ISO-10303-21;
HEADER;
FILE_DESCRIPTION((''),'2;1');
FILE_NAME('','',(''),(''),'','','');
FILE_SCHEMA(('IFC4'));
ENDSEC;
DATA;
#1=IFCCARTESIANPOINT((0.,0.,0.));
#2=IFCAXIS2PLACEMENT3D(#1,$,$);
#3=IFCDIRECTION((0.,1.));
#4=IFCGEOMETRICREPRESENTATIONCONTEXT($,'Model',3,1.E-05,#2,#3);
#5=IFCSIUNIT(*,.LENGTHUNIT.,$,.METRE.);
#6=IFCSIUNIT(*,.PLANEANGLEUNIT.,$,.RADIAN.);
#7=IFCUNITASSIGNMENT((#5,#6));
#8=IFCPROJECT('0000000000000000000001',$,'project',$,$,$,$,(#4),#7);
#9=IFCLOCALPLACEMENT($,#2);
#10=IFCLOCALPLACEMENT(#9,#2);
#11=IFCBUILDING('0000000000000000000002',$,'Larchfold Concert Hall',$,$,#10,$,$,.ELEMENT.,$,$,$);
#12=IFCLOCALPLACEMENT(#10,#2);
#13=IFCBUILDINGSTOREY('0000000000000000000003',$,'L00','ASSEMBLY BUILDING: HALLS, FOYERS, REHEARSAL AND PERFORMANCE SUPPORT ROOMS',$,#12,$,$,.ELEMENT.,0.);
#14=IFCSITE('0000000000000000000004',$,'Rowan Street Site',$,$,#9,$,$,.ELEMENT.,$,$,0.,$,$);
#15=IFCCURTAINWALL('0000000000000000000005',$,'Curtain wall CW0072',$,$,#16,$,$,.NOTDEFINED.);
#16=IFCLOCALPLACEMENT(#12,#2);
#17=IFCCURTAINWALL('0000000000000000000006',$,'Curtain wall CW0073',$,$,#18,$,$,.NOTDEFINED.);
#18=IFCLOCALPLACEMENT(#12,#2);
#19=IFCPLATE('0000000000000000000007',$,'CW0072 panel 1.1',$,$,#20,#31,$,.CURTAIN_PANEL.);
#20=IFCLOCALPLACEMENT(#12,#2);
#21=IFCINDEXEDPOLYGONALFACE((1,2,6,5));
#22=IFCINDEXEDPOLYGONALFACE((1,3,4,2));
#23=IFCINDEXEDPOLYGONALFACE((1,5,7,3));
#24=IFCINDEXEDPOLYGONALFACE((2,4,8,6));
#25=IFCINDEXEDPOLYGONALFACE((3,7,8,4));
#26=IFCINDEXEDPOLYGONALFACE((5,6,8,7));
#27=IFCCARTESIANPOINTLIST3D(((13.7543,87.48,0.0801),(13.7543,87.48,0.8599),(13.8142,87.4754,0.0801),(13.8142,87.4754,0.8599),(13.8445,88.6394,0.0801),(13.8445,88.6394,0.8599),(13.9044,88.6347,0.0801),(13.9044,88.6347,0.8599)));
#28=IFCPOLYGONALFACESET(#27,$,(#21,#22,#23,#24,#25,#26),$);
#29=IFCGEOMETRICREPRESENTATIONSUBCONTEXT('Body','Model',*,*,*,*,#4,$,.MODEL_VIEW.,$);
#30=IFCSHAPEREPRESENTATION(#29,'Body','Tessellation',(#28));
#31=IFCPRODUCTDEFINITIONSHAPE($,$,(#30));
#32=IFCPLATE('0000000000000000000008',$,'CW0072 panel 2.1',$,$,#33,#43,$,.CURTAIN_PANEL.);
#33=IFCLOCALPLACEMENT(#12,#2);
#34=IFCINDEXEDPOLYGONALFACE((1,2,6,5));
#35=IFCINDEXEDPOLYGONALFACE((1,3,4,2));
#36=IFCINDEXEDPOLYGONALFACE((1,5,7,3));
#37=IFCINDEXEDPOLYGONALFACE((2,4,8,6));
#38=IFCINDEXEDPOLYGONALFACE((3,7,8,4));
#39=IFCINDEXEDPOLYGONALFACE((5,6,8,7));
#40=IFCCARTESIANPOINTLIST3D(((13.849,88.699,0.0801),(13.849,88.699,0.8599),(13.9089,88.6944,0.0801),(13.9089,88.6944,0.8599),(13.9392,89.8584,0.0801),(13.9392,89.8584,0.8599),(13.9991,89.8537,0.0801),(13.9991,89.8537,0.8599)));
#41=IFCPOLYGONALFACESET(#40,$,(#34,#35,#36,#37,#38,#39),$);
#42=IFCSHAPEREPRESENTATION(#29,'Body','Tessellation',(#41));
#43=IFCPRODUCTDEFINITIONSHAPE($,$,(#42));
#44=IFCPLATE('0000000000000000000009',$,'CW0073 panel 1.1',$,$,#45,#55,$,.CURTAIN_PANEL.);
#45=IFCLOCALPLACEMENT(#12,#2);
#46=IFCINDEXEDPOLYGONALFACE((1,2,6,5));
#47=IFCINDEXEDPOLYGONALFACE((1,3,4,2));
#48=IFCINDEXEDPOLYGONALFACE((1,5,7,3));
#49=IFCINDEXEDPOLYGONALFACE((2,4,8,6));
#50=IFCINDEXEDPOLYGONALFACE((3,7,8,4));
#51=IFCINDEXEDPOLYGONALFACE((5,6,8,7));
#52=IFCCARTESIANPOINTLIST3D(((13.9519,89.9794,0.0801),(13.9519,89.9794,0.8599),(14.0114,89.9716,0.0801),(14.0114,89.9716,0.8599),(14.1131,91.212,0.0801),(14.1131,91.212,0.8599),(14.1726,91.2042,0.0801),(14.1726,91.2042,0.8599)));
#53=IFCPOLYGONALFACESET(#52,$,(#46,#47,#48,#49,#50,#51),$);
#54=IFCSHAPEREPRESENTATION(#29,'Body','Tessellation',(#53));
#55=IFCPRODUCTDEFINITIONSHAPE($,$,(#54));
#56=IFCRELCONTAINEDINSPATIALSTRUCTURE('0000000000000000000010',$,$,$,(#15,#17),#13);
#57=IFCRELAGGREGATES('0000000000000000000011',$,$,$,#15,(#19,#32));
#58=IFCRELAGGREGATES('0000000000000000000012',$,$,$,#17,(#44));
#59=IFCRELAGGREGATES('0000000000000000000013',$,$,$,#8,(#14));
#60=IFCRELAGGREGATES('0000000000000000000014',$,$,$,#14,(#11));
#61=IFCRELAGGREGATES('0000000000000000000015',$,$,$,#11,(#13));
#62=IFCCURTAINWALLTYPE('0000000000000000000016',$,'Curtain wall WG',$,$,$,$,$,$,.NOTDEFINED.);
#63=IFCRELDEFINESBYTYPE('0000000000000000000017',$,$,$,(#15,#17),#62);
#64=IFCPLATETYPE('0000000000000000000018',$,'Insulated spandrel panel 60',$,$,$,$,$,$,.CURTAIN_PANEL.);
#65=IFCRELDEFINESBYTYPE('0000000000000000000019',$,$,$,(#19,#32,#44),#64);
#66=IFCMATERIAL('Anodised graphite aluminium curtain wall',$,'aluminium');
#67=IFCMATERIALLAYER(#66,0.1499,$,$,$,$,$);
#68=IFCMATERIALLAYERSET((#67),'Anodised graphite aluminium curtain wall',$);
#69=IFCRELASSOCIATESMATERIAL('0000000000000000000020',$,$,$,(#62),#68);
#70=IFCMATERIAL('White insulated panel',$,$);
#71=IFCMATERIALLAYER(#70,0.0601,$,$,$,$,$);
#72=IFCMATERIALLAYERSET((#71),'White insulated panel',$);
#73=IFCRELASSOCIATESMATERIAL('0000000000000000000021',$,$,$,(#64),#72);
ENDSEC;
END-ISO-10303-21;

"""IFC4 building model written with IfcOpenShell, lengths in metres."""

from ifc_helpers import new_model, si_unit, direction, frame, origin, origin_2d, place, context, subcontext, project, spatial, rectangle, extrude, material, layer, layer_set, type_object, element, aggregate, save


model = new_model("IFC4")

# Units and contexts
model_context = context("Model", 3, precision=1e-05, world=origin(), true_north=direction((0.0, 1.0)))
body_context = subcontext(model_context, "Body", "Model", "MODEL_VIEW")
ifc_project = project(units=[si_unit("LENGTHUNIT", "METRE"), si_unit("PLANEANGLEUNIT", "RADIAN")], contexts=[model_context])

# Site, building, storey
site_placement = place(None, origin())
site = spatial("IfcSite", under=ifc_project, at=site_placement, Name="Rowan Street Site", CompositionType="ELEMENT", RefElevation=0.0)
building_placement = place(site_placement, origin())
building = spatial("IfcBuilding", under=site, at=building_placement, Name="Larchfold Concert Hall", CompositionType="ELEMENT")
storey_placement = place(building_placement, origin())
storey = spatial("IfcBuildingStorey", under=building, at=storey_placement, Name="L00", Description="ASSEMBLY BUILDING: HALLS, FOYERS, REHEARSAL AND PERFORMANCE SUPPORT ROOMS", CompositionType="ELEMENT", Elevation=0.0)

# Shared definitions
ifc_material_1 = material(Name="Anodised graphite aluminium curtain wall", Category="aluminium")
ifc_layer_1 = layer(ifc_material_1, 0.1499)
ifc_layer_set_1 = layer_set([ifc_layer_1], Name="Anodised graphite aluminium curtain wall")
curtain_wall_type = type_object("IfcCurtainWallType", Name="Curtain wall WG", PredefinedType="NOTDEFINED", material=ifc_layer_set_1)

# Curtain walls
curtain_wall_1_placement = place(storey_placement, origin())
curtain_wall_1 = element("IfcCurtainWall", 1, at=curtain_wall_1_placement, inside=storey, type_object=curtain_wall_type, Name="Curtain wall CW0072", PredefinedType="NOTDEFINED")
curtain_wall_2_placement = place(storey_placement, origin())
curtain_wall_2 = element("IfcCurtainWall", 2, at=curtain_wall_2_placement, inside=storey, type_object=curtain_wall_type, Name="Curtain wall CW0073", PredefinedType="NOTDEFINED")

# Plates
ifc_material_2 = material(Name="White insulated panel")
ifc_layer_2 = layer(ifc_material_2, 0.0601)
ifc_layer_set_2 = layer_set([ifc_layer_2], Name="White insulated panel")
plate_type_1 = type_object("IfcPlateType", Name="Insulated spandrel panel 60", PredefinedType="CURTAIN_PANEL", material=ifc_layer_set_2)
plate_1_placement = place(storey_placement, frame((13.8293, 88.0574, 0.0801), z_axis=(0.0, 0.0, 1.0), x_axis=(0.077553, 0.996988, 0.0)))
plate_1 = element("IfcPlate", 3, at=plate_1_placement, type_object=plate_type_1, Name="CW0072 panel 1.1", PredefinedType="CURTAIN_PANEL", context=body_context, shape_type="SweptSolid", body=[
    extrude(rectangle(XDim=1.1628, YDim=0.0601, at=origin_2d()), origin(), (0.0, 0.0, 1.0), 0.7798),
])
plate_2_placement = place(storey_placement, frame((13.9241, 89.2764, 0.0801), z_axis=(0.0, 0.0, 1.0), x_axis=(0.077553, 0.996988, 0.0)))
plate_2 = element("IfcPlate", 4, at=plate_2_placement, type_object=plate_type_1, Name="CW0072 panel 2.1", PredefinedType="CURTAIN_PANEL", context=body_context, shape_type="SweptSolid", body=[
    extrude(rectangle(XDim=1.1628, YDim=0.0601, at=origin_2d()), origin(), (0.0, 0.0, 1.0), 0.7798),
])
aggregate(curtain_wall_1, [plate_1, plate_2])
plate_3_placement = place(storey_placement, frame((14.0623, 90.5918, 0.0801), z_axis=(0.0, 0.0, 1.0), x_axis=(0.129644, 0.991561, 0.0)))
plate_3 = element("IfcPlate", 5, at=plate_3_placement, type_object=plate_type_1, Name="CW0073 panel 1.1", PredefinedType="CURTAIN_PANEL", context=body_context, shape_type="SweptSolid", body=[
    extrude(rectangle(XDim=1.2432, YDim=0.0601, at=origin_2d()), origin(), (0.0, 0.0, 1.0), 0.7798),
])
aggregate(curtain_wall_2, [plate_3])

save(model, "model.ifc")
